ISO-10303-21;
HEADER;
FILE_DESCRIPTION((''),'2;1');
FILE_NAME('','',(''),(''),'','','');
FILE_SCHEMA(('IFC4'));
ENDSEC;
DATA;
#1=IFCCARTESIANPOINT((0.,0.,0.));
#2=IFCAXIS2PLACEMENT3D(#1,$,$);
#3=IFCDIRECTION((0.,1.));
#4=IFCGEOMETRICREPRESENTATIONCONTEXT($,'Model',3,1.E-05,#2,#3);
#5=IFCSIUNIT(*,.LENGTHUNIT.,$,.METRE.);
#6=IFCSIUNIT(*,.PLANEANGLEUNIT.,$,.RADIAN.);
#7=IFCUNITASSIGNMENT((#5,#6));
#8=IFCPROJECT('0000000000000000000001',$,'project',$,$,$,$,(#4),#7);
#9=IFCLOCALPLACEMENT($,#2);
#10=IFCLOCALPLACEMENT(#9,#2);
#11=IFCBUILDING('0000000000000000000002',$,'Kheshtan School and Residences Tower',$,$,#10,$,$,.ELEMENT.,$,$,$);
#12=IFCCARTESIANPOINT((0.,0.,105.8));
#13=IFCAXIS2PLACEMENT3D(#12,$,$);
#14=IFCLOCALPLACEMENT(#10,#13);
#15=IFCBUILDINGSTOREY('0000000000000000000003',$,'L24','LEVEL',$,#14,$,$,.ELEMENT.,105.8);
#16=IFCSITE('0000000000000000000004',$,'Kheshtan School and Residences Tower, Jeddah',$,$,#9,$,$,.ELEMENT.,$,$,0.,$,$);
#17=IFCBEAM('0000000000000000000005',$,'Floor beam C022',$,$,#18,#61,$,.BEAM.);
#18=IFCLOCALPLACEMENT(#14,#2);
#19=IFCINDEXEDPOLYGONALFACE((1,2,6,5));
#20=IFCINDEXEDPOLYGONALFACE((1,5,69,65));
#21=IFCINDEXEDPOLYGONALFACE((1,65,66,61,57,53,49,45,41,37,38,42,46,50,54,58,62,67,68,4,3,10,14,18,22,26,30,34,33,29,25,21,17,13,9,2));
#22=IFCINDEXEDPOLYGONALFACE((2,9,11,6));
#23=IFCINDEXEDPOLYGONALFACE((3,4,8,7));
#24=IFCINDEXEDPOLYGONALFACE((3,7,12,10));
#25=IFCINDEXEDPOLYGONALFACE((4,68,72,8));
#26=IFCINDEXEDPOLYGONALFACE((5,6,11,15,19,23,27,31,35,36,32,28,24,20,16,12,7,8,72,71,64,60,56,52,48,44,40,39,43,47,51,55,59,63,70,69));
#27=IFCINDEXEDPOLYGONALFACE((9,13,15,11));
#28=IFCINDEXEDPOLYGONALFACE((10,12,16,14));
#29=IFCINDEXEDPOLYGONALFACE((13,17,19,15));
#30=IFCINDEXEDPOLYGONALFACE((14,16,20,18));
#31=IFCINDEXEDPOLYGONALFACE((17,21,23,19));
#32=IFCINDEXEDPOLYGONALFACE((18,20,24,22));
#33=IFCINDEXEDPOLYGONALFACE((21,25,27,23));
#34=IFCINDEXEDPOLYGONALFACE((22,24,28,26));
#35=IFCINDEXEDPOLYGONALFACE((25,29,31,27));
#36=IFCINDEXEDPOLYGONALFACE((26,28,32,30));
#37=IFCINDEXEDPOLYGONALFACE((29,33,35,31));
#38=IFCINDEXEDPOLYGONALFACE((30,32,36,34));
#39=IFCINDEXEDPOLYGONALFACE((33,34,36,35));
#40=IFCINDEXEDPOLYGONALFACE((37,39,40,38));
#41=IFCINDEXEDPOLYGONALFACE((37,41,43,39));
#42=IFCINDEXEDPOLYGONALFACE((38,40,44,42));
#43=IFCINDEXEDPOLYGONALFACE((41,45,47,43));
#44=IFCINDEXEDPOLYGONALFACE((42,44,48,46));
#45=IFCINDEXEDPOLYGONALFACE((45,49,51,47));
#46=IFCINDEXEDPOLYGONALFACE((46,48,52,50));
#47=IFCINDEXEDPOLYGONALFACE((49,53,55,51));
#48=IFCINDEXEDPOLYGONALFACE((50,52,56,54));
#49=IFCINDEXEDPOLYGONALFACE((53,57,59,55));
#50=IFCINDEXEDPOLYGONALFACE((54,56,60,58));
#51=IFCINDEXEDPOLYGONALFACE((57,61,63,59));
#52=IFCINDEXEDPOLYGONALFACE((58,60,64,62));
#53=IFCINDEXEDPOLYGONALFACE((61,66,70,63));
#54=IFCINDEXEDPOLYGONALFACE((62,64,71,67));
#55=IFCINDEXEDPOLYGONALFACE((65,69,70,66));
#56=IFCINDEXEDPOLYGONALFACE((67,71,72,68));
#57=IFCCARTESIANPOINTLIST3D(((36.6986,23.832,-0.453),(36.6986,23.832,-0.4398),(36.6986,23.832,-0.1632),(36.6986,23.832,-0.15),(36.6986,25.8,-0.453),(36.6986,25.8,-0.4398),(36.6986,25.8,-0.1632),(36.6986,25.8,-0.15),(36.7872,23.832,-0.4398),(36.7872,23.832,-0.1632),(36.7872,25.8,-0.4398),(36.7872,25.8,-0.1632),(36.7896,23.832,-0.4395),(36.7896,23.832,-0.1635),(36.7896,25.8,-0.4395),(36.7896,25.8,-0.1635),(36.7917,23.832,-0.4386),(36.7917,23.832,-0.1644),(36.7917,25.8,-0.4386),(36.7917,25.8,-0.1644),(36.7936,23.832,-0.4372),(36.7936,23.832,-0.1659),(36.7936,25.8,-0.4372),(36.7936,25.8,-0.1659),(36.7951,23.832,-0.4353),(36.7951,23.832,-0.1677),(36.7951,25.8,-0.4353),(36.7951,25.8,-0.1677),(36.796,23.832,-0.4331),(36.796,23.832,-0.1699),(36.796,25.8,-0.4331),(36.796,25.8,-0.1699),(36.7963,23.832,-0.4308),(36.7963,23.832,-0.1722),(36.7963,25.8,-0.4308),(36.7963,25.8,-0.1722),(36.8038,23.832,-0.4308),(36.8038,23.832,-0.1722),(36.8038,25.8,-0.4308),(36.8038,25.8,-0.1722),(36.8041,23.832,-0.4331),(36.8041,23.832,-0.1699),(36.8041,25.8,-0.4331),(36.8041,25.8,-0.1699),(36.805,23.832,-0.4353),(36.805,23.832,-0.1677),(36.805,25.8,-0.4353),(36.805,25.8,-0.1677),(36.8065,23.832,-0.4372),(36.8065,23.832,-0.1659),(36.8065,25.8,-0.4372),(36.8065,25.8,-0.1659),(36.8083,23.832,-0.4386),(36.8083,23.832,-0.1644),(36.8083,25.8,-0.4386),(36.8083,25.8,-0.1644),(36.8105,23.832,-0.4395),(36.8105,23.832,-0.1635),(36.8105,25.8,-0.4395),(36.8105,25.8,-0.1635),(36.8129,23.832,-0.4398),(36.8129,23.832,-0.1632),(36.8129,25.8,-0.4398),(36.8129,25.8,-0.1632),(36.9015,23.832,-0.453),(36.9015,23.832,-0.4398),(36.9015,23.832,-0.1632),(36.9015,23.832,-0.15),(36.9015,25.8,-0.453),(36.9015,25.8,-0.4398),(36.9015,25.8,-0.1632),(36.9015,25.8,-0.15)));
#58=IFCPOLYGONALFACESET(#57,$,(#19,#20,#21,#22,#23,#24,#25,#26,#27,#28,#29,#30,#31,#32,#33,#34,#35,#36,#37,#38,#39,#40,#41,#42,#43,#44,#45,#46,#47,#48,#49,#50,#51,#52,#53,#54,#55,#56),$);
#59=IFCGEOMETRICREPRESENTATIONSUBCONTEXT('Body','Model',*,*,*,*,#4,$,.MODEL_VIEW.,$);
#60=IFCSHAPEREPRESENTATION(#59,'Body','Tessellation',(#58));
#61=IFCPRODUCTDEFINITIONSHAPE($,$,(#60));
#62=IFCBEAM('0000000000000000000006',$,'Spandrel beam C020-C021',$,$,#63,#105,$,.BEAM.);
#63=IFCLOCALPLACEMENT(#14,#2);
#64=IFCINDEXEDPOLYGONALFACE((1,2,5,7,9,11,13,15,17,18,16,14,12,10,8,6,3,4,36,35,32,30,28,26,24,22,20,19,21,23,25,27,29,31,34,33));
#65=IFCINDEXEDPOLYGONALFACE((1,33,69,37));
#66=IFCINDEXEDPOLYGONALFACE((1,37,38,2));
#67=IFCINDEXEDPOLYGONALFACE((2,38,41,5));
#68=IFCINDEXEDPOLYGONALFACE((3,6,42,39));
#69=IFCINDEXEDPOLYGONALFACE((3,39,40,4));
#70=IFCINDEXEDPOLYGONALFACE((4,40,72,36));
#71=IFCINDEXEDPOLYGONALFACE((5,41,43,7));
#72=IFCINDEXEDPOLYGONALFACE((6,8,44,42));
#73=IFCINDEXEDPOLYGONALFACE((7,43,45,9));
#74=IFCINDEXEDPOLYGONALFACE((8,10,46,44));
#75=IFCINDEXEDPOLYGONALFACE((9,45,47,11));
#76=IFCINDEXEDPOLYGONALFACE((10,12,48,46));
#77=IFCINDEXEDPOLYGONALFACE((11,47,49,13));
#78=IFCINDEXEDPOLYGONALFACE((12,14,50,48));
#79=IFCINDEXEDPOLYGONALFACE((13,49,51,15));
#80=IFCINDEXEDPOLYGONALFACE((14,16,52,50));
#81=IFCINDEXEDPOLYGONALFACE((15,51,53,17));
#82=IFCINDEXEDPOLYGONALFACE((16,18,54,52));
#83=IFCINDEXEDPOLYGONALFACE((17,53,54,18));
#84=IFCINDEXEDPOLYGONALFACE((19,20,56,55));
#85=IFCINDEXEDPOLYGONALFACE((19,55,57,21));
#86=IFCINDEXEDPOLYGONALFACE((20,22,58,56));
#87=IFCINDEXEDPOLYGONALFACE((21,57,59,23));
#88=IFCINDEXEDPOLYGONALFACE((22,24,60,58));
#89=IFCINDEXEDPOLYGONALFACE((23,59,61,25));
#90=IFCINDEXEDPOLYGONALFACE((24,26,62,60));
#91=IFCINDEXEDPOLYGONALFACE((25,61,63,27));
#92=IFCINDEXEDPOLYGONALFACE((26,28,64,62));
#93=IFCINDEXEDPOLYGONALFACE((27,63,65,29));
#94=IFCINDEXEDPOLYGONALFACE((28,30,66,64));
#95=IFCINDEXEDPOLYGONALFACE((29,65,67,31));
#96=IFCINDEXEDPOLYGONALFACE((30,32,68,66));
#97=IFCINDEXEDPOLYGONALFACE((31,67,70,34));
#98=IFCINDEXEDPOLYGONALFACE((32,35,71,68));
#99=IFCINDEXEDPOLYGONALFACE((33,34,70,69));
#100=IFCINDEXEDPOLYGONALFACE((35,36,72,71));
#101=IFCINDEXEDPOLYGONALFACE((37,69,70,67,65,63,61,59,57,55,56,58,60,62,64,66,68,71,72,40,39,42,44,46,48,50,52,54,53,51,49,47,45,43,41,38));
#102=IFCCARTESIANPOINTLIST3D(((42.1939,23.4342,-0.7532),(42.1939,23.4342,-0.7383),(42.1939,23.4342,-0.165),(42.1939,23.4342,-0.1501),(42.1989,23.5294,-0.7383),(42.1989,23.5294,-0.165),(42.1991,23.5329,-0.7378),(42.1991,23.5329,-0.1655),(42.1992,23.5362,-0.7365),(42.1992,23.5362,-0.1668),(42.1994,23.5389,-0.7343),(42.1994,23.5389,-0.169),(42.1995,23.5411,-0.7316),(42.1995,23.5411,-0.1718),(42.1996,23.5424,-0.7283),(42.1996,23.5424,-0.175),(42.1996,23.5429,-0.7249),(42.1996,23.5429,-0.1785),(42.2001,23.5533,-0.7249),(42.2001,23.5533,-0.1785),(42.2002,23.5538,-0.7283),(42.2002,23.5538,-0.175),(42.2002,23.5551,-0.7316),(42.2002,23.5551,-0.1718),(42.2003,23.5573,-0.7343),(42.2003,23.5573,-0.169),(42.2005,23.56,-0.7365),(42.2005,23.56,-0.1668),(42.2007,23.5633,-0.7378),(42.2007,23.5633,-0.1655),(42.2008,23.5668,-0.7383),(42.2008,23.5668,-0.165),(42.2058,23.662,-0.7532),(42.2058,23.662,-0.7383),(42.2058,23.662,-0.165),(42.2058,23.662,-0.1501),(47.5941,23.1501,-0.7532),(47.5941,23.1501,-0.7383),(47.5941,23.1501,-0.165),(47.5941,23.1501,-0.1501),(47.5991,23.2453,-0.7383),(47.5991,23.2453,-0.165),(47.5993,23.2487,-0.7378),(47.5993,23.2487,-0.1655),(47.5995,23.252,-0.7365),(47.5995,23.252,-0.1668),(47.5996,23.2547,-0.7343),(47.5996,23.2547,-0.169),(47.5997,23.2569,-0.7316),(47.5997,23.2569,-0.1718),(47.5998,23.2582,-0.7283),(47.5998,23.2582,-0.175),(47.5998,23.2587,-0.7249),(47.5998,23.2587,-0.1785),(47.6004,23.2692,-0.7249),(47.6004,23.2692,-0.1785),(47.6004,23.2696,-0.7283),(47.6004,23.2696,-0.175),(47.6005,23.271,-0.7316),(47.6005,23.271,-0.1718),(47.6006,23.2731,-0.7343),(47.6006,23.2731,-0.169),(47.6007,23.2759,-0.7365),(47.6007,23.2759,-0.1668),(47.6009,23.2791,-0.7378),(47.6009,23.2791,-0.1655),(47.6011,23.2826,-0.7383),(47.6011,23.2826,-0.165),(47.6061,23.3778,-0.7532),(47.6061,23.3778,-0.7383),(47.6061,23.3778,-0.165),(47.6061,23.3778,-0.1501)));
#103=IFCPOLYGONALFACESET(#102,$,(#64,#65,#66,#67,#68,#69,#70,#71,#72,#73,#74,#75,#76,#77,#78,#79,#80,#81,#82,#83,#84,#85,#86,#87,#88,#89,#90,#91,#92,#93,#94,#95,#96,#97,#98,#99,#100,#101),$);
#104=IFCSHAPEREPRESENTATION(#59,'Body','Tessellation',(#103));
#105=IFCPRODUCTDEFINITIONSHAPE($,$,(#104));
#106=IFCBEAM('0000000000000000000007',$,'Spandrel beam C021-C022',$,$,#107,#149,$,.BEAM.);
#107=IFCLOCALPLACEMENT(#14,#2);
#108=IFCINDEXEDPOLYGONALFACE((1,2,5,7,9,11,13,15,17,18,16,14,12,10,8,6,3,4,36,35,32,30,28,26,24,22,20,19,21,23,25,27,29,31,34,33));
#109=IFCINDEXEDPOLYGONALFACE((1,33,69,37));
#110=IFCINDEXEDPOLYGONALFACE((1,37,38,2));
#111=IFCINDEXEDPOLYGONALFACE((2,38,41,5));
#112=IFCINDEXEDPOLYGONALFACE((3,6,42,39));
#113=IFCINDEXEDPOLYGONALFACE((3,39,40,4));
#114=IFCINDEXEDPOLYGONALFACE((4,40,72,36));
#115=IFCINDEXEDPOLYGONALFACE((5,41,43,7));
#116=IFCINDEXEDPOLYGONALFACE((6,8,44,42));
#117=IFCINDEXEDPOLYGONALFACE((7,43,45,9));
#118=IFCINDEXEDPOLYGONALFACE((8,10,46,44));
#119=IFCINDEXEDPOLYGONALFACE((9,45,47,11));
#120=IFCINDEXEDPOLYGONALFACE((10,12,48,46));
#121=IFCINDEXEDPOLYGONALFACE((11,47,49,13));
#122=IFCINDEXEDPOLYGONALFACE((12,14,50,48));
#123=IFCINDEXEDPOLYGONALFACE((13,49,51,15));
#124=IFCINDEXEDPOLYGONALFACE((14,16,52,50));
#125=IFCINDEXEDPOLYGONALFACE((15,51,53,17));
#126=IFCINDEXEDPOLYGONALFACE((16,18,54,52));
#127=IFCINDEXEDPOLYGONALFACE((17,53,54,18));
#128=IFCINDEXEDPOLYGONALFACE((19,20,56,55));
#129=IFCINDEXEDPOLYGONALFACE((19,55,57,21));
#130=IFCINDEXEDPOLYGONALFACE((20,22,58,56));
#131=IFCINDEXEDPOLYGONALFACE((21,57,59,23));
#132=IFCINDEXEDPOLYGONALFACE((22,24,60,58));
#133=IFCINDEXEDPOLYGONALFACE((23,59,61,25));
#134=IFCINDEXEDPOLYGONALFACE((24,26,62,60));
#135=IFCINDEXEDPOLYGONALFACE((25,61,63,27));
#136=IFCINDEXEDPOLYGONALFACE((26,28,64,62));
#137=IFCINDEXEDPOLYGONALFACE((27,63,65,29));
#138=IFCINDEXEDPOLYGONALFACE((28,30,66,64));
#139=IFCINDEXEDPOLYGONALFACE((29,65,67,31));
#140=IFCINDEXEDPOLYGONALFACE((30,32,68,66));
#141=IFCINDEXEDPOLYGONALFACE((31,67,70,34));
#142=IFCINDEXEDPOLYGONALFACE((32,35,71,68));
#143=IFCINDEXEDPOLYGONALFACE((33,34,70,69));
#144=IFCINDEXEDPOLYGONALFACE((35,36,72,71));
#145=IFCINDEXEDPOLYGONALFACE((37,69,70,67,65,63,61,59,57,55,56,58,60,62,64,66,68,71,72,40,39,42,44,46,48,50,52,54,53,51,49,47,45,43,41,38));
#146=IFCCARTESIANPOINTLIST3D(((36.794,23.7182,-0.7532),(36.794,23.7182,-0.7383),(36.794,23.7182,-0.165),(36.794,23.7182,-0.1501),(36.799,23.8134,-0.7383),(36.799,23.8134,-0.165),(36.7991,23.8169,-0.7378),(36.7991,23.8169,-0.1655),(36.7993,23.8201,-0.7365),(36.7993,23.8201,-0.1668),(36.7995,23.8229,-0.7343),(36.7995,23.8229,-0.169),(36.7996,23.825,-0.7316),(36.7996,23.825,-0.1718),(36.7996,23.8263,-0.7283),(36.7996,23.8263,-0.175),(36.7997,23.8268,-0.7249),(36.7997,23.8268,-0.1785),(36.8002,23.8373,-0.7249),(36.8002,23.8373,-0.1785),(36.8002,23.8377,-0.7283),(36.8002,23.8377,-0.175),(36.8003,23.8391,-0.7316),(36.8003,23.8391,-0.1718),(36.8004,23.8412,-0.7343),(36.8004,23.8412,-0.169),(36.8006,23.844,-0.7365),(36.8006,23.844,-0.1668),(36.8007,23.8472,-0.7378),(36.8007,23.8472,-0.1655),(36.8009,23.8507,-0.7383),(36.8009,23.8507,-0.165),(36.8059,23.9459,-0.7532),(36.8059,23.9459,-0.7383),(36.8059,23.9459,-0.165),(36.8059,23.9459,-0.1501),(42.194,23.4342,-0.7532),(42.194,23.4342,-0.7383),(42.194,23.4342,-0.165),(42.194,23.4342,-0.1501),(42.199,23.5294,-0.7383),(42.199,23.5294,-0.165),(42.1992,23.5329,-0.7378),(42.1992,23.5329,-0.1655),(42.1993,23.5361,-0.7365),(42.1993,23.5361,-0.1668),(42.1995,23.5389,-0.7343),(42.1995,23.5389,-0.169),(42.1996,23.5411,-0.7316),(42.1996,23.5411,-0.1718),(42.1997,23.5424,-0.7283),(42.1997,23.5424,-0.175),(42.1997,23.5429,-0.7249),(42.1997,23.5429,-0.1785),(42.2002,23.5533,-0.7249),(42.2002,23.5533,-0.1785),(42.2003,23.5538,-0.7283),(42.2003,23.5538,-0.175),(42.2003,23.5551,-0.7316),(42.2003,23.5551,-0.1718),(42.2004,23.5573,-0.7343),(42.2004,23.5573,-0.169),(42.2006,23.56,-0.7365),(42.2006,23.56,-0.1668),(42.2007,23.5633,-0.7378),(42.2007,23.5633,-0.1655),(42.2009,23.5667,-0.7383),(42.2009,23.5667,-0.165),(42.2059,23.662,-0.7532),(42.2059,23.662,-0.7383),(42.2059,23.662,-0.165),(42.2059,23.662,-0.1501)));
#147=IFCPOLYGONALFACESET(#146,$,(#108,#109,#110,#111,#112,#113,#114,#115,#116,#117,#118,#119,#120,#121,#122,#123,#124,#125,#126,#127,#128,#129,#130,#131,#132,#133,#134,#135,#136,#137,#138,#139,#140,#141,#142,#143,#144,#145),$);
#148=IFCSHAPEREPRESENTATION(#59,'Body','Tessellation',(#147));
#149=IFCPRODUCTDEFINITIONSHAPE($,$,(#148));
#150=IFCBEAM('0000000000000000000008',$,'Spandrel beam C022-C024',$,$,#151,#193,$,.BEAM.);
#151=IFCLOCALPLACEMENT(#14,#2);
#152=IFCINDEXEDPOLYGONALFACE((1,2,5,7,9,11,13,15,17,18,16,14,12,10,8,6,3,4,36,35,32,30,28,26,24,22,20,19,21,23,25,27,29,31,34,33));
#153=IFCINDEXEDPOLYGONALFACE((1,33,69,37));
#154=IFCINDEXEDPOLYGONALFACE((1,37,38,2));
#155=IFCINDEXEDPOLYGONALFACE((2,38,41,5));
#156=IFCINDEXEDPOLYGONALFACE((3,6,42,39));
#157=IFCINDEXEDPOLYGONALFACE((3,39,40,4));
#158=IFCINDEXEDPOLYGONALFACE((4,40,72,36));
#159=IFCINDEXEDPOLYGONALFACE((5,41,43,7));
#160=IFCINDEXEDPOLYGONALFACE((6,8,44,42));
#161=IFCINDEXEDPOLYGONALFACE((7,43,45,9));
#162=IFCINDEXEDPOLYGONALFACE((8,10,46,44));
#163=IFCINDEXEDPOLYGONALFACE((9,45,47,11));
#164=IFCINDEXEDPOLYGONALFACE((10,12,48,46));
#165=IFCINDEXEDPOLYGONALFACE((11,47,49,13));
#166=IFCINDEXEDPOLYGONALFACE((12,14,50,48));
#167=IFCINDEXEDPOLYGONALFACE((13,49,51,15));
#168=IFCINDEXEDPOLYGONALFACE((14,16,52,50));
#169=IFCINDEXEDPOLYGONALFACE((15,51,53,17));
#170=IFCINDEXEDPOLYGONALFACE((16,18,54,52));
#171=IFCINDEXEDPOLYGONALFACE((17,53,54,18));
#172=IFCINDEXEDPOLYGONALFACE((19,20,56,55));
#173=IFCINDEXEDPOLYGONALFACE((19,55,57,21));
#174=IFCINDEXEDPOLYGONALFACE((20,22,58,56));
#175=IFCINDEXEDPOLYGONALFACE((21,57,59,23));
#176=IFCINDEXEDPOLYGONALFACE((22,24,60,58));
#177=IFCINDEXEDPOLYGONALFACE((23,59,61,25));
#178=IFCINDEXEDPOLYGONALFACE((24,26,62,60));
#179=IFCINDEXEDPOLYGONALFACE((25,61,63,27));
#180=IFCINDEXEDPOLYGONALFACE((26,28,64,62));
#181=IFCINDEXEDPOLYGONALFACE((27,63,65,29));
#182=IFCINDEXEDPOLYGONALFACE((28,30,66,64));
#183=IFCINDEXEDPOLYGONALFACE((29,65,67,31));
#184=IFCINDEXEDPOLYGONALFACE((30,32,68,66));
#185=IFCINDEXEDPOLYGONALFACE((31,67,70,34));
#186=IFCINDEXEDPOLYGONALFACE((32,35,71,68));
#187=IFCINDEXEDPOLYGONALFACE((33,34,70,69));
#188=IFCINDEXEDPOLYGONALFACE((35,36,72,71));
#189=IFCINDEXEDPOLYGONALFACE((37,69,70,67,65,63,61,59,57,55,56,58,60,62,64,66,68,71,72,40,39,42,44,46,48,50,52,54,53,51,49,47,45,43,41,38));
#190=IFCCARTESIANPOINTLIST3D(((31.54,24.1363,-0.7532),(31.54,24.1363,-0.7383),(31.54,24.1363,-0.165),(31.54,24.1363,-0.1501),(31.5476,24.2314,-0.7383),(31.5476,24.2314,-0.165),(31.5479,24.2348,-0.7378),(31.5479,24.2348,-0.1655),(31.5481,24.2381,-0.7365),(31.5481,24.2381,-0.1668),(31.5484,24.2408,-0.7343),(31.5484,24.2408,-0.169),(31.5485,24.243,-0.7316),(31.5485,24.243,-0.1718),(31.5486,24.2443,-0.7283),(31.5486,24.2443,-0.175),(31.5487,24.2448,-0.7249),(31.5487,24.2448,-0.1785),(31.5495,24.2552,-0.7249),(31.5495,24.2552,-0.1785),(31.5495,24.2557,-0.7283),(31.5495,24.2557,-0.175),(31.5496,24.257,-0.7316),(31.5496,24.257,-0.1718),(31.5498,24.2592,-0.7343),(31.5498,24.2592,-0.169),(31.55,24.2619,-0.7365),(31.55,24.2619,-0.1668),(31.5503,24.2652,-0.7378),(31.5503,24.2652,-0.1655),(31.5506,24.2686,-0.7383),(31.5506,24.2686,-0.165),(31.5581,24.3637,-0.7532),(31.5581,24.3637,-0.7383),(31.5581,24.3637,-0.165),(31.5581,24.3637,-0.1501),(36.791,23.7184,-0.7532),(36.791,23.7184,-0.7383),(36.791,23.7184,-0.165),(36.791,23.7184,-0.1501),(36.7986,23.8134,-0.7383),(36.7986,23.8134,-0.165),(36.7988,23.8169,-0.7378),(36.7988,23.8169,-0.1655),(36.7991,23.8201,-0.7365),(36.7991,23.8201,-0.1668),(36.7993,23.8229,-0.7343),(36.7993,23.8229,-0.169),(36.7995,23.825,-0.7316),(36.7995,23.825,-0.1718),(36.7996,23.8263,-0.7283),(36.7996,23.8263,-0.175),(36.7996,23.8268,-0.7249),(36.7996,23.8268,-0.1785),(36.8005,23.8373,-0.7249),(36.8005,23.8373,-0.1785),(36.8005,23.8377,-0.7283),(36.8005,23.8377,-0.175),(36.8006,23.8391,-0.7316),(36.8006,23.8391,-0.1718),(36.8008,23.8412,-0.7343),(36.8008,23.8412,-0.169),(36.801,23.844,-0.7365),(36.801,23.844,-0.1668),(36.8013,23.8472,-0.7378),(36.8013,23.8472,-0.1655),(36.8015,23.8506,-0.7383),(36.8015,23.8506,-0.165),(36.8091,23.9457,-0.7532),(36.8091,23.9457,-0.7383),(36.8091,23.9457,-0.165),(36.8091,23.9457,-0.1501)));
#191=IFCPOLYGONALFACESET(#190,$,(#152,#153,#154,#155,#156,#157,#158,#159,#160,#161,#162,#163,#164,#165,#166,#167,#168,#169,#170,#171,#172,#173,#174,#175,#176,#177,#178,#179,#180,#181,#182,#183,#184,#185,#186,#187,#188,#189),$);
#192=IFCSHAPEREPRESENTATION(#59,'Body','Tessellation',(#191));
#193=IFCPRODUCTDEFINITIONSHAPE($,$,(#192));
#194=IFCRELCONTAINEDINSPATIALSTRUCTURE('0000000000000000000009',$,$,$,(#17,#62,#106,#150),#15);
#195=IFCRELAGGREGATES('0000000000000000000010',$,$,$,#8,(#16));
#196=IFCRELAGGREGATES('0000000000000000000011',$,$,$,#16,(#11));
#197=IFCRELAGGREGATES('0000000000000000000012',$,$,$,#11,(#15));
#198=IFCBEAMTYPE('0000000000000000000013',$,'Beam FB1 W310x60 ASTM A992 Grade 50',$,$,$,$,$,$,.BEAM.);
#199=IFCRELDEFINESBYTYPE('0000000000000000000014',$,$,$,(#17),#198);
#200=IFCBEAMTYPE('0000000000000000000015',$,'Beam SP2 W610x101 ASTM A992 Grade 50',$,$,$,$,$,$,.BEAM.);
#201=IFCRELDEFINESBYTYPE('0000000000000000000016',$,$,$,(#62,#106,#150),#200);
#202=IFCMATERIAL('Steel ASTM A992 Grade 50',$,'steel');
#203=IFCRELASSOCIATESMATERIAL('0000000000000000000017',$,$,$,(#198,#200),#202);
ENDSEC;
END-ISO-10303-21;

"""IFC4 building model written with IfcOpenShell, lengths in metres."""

from ifc_helpers import new_model, si_unit, direction, frame, origin, origin_2d, place, context, subcontext, project, spatial, i_section, extrude, material, material_profile, profile_set, type_object, element, save


model = new_model("IFC4")

# Units and contexts
model_context = context("Model", 3, precision=1e-05, world=origin(), true_north=direction((0.0, 1.0)))
body_context = subcontext(model_context, "Body", "Model", "MODEL_VIEW")
ifc_project = project(units=[si_unit("LENGTHUNIT", "METRE"), si_unit("PLANEANGLEUNIT", "RADIAN")], contexts=[model_context])

# Site, building, storey
site_placement = place(None, origin())
site = spatial("IfcSite", under=ifc_project, at=site_placement, Name="Kheshtan School and Residences Tower, Jeddah", CompositionType="ELEMENT", RefElevation=0.0)
building_placement = place(site_placement, origin())
building = spatial("IfcBuilding", under=site, at=building_placement, Name="Kheshtan School and Residences Tower", CompositionType="ELEMENT")
storey_placement = place(building_placement, frame((0.0, 0.0, 105.8)))
storey = spatial("IfcBuildingStorey", under=building, at=storey_placement, Name="L24", Description="LEVEL", CompositionType="ELEMENT", Elevation=105.8)

# Shared definitions
ifc_material_1 = material(Name="Steel ASTM A992 Grade 50", Category="steel")

# Beams
ifc_material_profile_1 = material_profile(ifc_material_1, i_section(OverallWidth=0.2029, OverallDepth=0.303, WebThickness=0.0076, FlangeThickness=0.0132, FilletRadius=0.009, at=origin_2d()), Name="W310x60")
ifc_profile_set_1 = profile_set([ifc_material_profile_1], Name="Steel ASTM A992 Grade 50")
beam_type_1 = type_object("IfcBeamType", Name="Beam FB1 W310x60 ASTM A992 Grade 50", PredefinedType="BEAM", material=ifc_profile_set_1)
beam_1_placement = place(storey_placement, frame((36.8, 23.832, -0.3015), z_axis=(0.0, 1.0, 0.0), x_axis=(-1.0, 0.0, 0.0)))
element("IfcBeam", 1, at=beam_1_placement, inside=storey, type_object=beam_type_1, Name="Floor beam C022", PredefinedType="BEAM", context=body_context, shape_type="SweptSolid", body=[
    extrude(i_section(OverallWidth=0.2029, OverallDepth=0.303, WebThickness=0.0076, FlangeThickness=0.0132, FilletRadius=0.009, at=origin_2d()), origin(), (0.0, 0.0, 1.0), 1.968),
])
ifc_material_profile_2 = material_profile(ifc_material_1, i_section(OverallWidth=0.228, OverallDepth=0.603, WebThickness=0.0105, FlangeThickness=0.0149, FilletRadius=0.0134, at=origin_2d()), Name="W610x101")
ifc_profile_set_2 = profile_set([ifc_material_profile_2], Name="Steel ASTM A992 Grade 50")
beam_type_2 = type_object("IfcBeamType", Name="Beam SP2 W610x101 ASTM A992 Grade 50", PredefinedType="BEAM", material=ifc_profile_set_2)
beam_2_placement = place(storey_placement, frame((47.6001, 23.2639, -0.4517), z_axis=(-0.998618, 0.052552, 0.0), x_axis=(-0.052552, -0.998618, 0.0)))
element("IfcBeam", 2, at=beam_2_placement, inside=storey, type_object=beam_type_2, Name="Spandrel beam C020-C021", PredefinedType="BEAM", context=body_context, shape_type="SweptSolid", body=[
    extrude(i_section(OverallWidth=0.228, OverallDepth=0.603, WebThickness=0.0105, FlangeThickness=0.0149, FilletRadius=0.0134, at=origin_2d()), origin(), (0.0, 0.0, 1.0), 5.4077),
])
beam_3_placement = place(storey_placement, frame((42.2, 23.5481, -0.4517), z_axis=(-0.99862, 0.052509, 0.0), x_axis=(-0.052509, -0.99862, 0.0)))
element("IfcBeam", 3, at=beam_3_placement, inside=storey, type_object=beam_type_2, Name="Spandrel beam C021-C022", PredefinedType="BEAM", context=body_context, shape_type="SweptSolid", body=[
    extrude(i_section(OverallWidth=0.228, OverallDepth=0.603, WebThickness=0.0105, FlangeThickness=0.0149, FilletRadius=0.0134, at=origin_2d()), origin(), (0.0, 0.0, 1.0), 5.4075),
])
beam_4_placement = place(storey_placement, frame((36.8, 23.832, -0.4517), z_axis=(-0.996847, 0.079347, 0.0), x_axis=(-0.079347, -0.996847, 0.0)))
element("IfcBeam", 4, at=beam_4_placement, inside=storey, type_object=beam_type_2, Name="Spandrel beam C022-C024", PredefinedType="BEAM", context=body_context, shape_type="SweptSolid", body=[
    extrude(i_section(OverallWidth=0.228, OverallDepth=0.603, WebThickness=0.0105, FlangeThickness=0.0149, FilletRadius=0.0134, at=origin_2d()), origin(), (0.0, 0.0, 1.0), 5.2676),
])

save(model, "model.ifc")
